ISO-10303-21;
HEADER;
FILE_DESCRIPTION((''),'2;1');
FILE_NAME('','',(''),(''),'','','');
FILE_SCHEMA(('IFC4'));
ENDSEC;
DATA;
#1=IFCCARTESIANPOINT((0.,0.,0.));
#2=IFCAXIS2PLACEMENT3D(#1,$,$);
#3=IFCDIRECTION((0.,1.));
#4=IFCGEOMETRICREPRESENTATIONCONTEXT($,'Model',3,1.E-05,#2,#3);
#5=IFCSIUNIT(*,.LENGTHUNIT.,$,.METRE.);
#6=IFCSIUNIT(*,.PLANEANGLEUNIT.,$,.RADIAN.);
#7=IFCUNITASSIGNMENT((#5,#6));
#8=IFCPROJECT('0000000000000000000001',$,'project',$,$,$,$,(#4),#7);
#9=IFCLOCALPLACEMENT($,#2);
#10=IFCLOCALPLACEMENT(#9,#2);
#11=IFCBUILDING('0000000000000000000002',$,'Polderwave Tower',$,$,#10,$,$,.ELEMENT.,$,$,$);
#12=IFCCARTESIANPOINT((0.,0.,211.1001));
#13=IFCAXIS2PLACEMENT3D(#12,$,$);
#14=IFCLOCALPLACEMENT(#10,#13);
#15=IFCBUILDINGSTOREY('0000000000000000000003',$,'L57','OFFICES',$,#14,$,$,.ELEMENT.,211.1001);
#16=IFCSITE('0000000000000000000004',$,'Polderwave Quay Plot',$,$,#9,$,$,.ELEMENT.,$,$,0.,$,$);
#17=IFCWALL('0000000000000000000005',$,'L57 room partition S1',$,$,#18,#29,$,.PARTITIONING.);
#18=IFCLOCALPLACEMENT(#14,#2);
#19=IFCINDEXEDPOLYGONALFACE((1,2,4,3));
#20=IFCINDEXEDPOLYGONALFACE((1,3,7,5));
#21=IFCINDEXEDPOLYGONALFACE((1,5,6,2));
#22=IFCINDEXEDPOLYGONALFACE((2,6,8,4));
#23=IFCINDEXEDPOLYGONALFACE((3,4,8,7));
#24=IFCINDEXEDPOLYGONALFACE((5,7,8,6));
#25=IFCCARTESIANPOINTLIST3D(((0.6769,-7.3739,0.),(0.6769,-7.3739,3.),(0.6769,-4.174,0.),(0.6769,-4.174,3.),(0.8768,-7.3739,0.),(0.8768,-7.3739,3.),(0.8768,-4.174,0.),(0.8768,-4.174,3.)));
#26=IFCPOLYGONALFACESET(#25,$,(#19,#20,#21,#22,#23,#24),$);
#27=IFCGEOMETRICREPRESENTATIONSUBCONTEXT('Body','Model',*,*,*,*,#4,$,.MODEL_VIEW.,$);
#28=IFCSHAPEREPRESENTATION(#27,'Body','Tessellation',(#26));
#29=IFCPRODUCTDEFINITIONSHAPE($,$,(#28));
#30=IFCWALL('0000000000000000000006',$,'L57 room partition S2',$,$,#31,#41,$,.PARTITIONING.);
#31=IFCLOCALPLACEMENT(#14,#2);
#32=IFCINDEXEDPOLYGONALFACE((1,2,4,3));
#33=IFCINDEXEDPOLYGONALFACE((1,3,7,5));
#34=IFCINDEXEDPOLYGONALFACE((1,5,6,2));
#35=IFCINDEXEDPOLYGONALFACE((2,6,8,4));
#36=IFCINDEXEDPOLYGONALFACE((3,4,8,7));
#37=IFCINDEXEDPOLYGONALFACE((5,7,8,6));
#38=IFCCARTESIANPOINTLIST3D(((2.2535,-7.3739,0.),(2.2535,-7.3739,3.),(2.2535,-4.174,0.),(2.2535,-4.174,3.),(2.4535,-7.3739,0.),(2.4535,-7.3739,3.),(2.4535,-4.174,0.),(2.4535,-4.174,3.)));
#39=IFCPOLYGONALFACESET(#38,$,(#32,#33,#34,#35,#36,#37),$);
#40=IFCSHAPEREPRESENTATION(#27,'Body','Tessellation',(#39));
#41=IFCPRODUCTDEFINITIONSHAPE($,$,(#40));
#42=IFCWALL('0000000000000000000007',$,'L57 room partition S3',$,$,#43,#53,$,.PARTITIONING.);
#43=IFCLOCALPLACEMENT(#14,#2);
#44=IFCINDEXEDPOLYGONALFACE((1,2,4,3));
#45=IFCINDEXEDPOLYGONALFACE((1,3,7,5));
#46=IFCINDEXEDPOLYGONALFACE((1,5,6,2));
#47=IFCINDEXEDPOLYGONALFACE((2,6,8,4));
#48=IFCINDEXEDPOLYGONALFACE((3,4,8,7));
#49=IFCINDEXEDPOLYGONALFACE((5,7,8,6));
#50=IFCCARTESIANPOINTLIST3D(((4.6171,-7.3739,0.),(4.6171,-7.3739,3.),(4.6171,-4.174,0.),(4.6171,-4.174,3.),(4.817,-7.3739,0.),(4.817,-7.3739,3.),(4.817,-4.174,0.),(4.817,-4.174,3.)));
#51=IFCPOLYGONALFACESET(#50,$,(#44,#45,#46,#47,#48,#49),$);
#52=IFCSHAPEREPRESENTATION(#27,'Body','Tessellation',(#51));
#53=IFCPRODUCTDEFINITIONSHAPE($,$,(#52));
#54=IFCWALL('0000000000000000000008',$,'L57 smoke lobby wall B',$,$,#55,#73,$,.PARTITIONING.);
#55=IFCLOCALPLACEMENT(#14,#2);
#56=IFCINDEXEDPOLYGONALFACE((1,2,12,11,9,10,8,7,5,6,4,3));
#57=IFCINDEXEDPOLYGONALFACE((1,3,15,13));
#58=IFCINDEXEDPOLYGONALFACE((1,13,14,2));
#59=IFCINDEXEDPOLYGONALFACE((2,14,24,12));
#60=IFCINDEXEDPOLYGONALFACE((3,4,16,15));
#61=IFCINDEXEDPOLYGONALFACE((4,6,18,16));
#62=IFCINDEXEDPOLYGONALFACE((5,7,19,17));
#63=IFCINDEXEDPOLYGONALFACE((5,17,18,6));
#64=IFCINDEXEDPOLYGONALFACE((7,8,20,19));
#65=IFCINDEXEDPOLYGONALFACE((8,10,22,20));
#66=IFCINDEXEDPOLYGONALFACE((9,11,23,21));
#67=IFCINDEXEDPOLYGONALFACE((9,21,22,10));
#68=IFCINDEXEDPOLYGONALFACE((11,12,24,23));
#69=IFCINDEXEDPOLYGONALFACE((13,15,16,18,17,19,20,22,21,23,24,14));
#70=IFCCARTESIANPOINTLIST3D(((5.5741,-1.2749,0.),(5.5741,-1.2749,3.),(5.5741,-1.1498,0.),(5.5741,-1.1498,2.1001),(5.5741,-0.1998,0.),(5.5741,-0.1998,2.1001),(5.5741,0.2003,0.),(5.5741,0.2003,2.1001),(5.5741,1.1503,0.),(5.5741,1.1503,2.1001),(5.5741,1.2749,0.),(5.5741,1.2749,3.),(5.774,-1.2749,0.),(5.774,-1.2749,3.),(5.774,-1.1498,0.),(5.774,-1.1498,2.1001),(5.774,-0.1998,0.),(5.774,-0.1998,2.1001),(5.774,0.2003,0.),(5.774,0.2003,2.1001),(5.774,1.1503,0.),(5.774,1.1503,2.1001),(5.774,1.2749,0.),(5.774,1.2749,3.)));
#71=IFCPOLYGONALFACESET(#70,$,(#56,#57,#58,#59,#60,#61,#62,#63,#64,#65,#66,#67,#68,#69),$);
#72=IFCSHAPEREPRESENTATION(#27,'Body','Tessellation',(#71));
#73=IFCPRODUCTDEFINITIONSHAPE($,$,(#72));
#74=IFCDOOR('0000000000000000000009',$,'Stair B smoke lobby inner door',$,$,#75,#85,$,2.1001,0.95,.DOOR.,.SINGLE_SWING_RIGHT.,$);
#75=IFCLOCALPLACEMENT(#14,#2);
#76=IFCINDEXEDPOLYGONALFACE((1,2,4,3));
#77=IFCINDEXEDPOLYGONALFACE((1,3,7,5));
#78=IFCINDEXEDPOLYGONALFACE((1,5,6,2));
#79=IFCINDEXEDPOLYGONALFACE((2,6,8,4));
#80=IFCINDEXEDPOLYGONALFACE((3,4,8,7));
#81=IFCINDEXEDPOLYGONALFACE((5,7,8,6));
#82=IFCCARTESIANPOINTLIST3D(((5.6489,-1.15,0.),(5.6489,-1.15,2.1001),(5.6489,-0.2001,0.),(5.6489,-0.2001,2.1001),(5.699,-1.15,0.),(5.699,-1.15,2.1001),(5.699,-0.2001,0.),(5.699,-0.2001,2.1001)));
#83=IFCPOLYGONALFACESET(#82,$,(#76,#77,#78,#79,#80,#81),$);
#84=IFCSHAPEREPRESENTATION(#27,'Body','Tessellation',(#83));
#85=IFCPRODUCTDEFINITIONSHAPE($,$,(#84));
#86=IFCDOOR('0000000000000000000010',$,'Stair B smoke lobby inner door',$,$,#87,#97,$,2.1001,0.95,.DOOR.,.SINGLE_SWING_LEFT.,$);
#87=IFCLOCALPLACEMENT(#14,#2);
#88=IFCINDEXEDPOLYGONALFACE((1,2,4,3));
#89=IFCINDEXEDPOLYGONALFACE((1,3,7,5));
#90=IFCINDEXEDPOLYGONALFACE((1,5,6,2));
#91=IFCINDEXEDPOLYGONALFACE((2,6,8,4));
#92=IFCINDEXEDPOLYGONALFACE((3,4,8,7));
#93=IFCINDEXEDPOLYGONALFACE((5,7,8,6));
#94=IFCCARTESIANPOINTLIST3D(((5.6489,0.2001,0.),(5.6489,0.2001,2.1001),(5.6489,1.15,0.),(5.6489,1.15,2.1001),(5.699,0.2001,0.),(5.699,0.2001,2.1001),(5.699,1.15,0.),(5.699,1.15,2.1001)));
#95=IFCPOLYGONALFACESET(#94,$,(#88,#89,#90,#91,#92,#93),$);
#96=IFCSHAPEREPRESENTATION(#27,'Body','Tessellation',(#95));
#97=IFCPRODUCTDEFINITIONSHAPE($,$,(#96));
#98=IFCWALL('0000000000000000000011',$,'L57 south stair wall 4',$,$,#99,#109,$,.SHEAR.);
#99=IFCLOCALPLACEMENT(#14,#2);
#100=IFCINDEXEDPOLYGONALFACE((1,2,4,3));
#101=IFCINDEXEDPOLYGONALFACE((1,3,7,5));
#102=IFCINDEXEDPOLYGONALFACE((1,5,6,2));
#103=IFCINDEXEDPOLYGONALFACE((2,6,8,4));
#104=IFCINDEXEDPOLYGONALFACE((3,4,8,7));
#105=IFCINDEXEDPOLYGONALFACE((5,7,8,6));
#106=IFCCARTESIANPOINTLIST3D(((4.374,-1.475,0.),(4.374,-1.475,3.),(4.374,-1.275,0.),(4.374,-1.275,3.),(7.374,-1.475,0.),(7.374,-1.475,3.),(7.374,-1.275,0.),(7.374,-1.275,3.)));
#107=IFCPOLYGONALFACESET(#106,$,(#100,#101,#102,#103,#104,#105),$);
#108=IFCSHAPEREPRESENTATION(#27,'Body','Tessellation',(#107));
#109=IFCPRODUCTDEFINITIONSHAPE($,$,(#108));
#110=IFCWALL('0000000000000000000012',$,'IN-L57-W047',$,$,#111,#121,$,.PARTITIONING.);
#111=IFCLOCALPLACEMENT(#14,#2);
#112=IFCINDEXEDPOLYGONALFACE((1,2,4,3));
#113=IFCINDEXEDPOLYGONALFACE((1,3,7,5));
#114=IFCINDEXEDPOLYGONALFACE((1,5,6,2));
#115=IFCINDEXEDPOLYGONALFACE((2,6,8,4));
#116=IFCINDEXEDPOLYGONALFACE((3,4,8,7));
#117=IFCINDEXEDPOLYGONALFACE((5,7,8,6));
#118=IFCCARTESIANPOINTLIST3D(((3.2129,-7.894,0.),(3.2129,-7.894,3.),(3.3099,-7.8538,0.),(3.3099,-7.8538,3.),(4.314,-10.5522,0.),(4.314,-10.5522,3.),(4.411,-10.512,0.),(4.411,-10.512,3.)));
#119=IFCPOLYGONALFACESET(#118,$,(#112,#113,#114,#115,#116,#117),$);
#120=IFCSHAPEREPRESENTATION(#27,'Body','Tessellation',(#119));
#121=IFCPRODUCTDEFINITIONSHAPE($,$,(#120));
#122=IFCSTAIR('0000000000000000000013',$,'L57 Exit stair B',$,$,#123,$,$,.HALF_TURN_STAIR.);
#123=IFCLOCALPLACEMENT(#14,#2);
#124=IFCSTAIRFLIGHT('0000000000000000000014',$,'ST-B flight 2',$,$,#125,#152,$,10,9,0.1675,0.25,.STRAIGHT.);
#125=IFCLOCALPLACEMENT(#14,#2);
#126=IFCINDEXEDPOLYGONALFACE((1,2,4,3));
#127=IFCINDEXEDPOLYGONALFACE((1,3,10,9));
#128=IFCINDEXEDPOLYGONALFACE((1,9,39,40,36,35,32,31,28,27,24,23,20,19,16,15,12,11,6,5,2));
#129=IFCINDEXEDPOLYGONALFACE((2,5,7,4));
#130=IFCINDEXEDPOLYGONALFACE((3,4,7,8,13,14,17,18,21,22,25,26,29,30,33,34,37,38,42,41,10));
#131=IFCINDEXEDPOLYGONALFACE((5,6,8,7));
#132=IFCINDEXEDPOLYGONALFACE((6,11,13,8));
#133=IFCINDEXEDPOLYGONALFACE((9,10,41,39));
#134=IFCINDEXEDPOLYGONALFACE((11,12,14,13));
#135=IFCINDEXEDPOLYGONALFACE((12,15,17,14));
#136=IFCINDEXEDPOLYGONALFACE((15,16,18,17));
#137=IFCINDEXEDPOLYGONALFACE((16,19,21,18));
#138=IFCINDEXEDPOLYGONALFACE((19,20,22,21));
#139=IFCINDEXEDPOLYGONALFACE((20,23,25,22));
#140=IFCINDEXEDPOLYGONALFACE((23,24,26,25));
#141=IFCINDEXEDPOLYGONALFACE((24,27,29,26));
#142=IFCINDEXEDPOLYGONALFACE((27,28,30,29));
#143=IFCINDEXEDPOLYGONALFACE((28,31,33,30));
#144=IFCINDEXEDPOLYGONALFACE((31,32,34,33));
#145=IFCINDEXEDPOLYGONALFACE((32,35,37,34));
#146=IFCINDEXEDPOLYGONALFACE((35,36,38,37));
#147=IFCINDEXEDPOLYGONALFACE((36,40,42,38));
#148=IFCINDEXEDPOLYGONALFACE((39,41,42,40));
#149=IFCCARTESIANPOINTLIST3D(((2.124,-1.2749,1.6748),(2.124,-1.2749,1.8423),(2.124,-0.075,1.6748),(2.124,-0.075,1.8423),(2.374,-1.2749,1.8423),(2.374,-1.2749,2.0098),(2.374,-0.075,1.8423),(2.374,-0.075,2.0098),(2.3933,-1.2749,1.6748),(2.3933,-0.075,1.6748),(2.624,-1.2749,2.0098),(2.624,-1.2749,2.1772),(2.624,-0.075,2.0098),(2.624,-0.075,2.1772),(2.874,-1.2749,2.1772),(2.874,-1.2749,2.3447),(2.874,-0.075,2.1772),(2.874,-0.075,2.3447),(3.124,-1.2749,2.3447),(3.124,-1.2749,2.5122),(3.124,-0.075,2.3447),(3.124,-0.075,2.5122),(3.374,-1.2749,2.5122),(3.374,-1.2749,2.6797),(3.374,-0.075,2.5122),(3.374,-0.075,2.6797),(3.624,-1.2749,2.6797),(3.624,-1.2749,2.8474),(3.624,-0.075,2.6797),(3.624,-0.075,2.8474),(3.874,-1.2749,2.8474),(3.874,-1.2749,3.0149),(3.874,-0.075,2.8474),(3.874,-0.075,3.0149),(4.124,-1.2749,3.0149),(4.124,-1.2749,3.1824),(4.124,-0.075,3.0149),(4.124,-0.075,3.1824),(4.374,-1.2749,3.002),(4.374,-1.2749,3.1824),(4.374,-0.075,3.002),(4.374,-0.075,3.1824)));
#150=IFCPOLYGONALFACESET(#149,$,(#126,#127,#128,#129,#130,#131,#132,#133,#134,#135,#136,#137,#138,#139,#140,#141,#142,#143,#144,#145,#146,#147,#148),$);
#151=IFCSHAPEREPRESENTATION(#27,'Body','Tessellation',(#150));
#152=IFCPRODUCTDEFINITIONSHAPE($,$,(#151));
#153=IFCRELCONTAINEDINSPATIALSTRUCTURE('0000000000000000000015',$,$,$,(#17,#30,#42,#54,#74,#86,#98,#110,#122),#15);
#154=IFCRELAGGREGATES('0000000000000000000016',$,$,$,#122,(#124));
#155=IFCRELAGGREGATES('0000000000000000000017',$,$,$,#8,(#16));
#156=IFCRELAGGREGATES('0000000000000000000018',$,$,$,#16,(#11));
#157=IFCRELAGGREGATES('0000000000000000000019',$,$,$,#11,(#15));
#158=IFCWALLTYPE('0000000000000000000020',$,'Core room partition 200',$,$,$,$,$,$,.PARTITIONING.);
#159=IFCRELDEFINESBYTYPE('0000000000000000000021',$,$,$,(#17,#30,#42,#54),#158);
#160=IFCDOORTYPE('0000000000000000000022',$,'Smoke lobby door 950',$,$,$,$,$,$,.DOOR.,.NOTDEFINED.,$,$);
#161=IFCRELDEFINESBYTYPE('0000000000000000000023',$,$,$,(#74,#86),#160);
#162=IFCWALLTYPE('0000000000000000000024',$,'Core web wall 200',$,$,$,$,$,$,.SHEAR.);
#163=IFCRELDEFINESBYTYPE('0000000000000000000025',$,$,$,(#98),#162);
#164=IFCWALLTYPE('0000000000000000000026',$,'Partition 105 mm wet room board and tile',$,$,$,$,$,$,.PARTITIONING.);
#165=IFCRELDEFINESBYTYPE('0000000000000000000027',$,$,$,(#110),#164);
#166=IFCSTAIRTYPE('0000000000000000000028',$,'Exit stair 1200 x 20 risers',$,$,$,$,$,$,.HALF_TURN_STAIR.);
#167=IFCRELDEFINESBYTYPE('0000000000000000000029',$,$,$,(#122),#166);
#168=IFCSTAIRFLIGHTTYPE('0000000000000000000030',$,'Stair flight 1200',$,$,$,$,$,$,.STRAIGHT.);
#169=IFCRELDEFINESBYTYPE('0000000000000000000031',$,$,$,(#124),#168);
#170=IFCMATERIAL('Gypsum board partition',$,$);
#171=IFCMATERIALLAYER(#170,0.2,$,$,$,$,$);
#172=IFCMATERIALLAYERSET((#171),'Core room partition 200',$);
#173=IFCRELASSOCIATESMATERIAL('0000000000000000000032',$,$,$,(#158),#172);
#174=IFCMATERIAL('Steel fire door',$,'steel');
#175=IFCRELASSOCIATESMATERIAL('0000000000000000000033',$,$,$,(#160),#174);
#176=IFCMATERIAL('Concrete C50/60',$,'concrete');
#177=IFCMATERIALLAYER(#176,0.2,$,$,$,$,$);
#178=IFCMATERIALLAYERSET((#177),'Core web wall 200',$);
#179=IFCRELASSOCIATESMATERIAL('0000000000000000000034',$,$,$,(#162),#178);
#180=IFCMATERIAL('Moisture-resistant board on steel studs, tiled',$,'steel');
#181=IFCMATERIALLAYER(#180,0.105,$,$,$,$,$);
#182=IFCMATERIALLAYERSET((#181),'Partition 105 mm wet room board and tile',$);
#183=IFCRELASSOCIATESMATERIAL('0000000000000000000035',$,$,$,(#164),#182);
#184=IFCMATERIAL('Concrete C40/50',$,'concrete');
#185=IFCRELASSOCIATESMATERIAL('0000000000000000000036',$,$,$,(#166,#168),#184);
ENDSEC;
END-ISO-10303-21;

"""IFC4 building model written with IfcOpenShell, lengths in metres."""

from ifc_helpers import new_model, si_unit, direction, frame, frame_2d, origin, place, context, subcontext, project, spatial, polyline, rectangle, outline, extrude, material, layer, layer_set, type_object, element, fill, aggregate, save


model = new_model("IFC4")

# Units and contexts
model_context = context("Model", 3, precision=1e-05, world=origin(), true_north=direction((0.0, 1.0)))
body_context = subcontext(model_context, "Body", "Model", "MODEL_VIEW")
ifc_project = project(units=[si_unit("LENGTHUNIT", "METRE"), si_unit("PLANEANGLEUNIT", "RADIAN")], contexts=[model_context])

# Site, building, storey
site_placement = place(None, origin())
site = spatial("IfcSite", under=ifc_project, at=site_placement, Name="Polderwave Quay Plot", CompositionType="ELEMENT", RefElevation=0.0)
building_placement = place(site_placement, origin())
building = spatial("IfcBuilding", under=site, at=building_placement, Name="Polderwave Tower", CompositionType="ELEMENT")
storey_placement = place(building_placement, frame((0.0, 0.0, 211.1001)))
storey = spatial("IfcBuildingStorey", under=building, at=storey_placement, Name="L57", Description="OFFICES", CompositionType="ELEMENT", Elevation=211.1001)

# Walls
ifc_material_1 = material(Name="Gypsum board partition")
ifc_layer_1 = layer(ifc_material_1, 0.2)
ifc_layer_set_1 = layer_set([ifc_layer_1], Name="Core room partition 200")
wall_type_1 = type_object("IfcWallType", Name="Core room partition 200", PredefinedType="PARTITIONING", material=ifc_layer_set_1)
for number, where, z_axis, x_axis, name in (
    (1, (0.7769, -7.374, 0.0), (0.0, 0.0, 1.0), (0.0, 1.0, 0.0), "L57 room partition S1"),
    (2, (2.3535, -7.374, 0.0), (0.0, 0.0, 1.0), (0.0, 1.0, 0.0), "L57 room partition S2"),
    (3, (4.717, -7.374, 0.0), (0.0, 0.0, 1.0), (0.0, 1.0, 0.0), "L57 room partition S3"),
):
    element("IfcWall", number, at=place(storey_placement, frame(where, z_axis=z_axis, x_axis=x_axis)), inside=storey, type_object=wall_type_1, Name=name, PredefinedType="PARTITIONING", context=body_context, shape_type="SweptSolid", body=[
        extrude(rectangle(XDim=3.2, YDim=0.2, at=frame_2d((1.6001, 0.0))), origin(), (0.0, 0.0, 1.0), 3.0),
    ])

# Wall, openings, doors
wall_1_placement = place(storey_placement, frame((5.6741, -1.2749, 0.0), z_axis=(0.0, 0.0, 1.0), x_axis=(0.0, 1.0, 0.0)))
wall_1 = element("IfcWall", 4, at=wall_1_placement, inside=storey, type_object=wall_type_1, Name="L57 smoke lobby wall B", PredefinedType="PARTITIONING", context=body_context, shape_type="SweptSolid", body=[
    extrude(rectangle(XDim=2.5498, YDim=0.2, at=frame_2d((1.2749, 0.0))), origin(), (0.0, 0.0, 1.0), 3.0),
])
opening_1_placement = place(wall_1_placement, frame((0.125, 0.0, 0.0)))
opening_1 = element("IfcOpeningElement", 5, at=opening_1_placement, cuts=wall_1, PredefinedType="OPENING", context=body_context, shape_type="SweptSolid", body=[
    extrude(rectangle(XDim=0.95, YDim=2.1001, at=frame_2d((0.4751, 1.05))), frame((0.0, 0.1099, 0.0), z_axis=(0.0, -1.0, 0.0), x_axis=(1.0, 0.0, 0.0)), (0.0, 0.0, 1.0), 0.22),
])
opening_2_placement = place(wall_1_placement, frame((1.4751, 0.0, 0.0)))
opening_2 = element("IfcOpeningElement", 6, at=opening_2_placement, cuts=wall_1, PredefinedType="OPENING", context=body_context, shape_type="SweptSolid", body=[
    extrude(rectangle(XDim=0.95, YDim=2.1001, at=frame_2d((0.4751, 1.05))), frame((0.0, 0.1099, 0.0), z_axis=(0.0, -1.0, 0.0), x_axis=(1.0, 0.0, 0.0)), (0.0, 0.0, 1.0), 0.22),
])
ifc_material_2 = material(Name="Steel fire door", Category="steel")
door_type = type_object("IfcDoorType", Name="Smoke lobby door 950", OperationType="NOTDEFINED", PredefinedType="DOOR", material=ifc_material_2)
door_1_placement = place(opening_1_placement, frame((0.95, 0.0, 0.0), z_axis=(0.0, 0.0, 1.0), x_axis=(-1.0, 0.0, 0.0)))
door_1 = element("IfcDoor", 7, at=door_1_placement, inside=storey, type_object=door_type, Name="Stair B smoke lobby inner door", OperationType="SINGLE_SWING_RIGHT", OverallHeight=2.1001, OverallWidth=0.95, PredefinedType="DOOR", context=body_context, shape_type="SweptSolid", body=[
    extrude(rectangle(XDim=0.95, YDim=2.1001, at=frame_2d((0.4751, 1.05))), frame((0.0, 0.0249, 0.0), z_axis=(0.0, -1.0, 0.0), x_axis=(1.0, 0.0, 0.0)), (0.0, 0.0, 1.0), 0.05),
])
fill(opening_1, door_1)
door_2_placement = place(opening_2_placement, frame((0.95, 0.0, 0.0), z_axis=(0.0, 0.0, 1.0), x_axis=(-1.0, 0.0, 0.0)))
door_2 = element("IfcDoor", 8, at=door_2_placement, inside=storey, type_object=door_type, Name="Stair B smoke lobby inner door", OperationType="SINGLE_SWING_LEFT", OverallHeight=2.1001, OverallWidth=0.95, PredefinedType="DOOR", context=body_context, shape_type="SweptSolid", body=[
    extrude(rectangle(XDim=0.95, YDim=2.1001, at=frame_2d((0.4751, 1.05))), frame((0.0, 0.0249, 0.0), z_axis=(0.0, -1.0, 0.0), x_axis=(1.0, 0.0, 0.0)), (0.0, 0.0, 1.0), 0.05),
])
fill(opening_2, door_2)

# Walls
ifc_material_3 = material(Name="Concrete C50/60", Category="concrete")
ifc_layer_2 = layer(ifc_material_3, 0.2)
ifc_layer_set_2 = layer_set([ifc_layer_2], Name="Core web wall 200")
wall_type_2 = type_object("IfcWallType", Name="Core web wall 200", PredefinedType="SHEAR", material=ifc_layer_set_2)
wall_2_placement = place(storey_placement, frame((4.374, -1.375, 0.0), z_axis=(0.0, 0.0, 1.0), x_axis=(1.0, 0.0, 0.0)))
element("IfcWall", 9, at=wall_2_placement, inside=storey, type_object=wall_type_2, Name="L57 south stair wall 4", PredefinedType="SHEAR", context=body_context, shape_type="SweptSolid", body=[
    extrude(rectangle(XDim=3.0, YDim=0.2, at=frame_2d((1.5, 0.0))), origin(), (0.0, 0.0, 1.0), 3.0),
])
ifc_material_4 = material(Name="Moisture-resistant board on steel studs, tiled", Category="steel")
ifc_layer_3 = layer(ifc_material_4, 0.105)
ifc_layer_set_3 = layer_set([ifc_layer_3], Name="Partition 105 mm wet room board and tile")
wall_type_3 = type_object("IfcWallType", Name="Partition 105 mm wet room board and tile", PredefinedType="PARTITIONING", material=ifc_layer_set_3)
wall_3_placement = place(storey_placement, frame((3.2615, -7.874, 0.0), z_axis=(0.0, 0.0, 1.0), x_axis=(0.382687, -0.923878, 0.0)))
element("IfcWall", 10, at=wall_3_placement, inside=storey, type_object=wall_type_3, Name="IN-L57-W047", PredefinedType="PARTITIONING", context=body_context, shape_type="SweptSolid", body=[
    extrude(rectangle(XDim=2.8772, YDim=0.105, at=frame_2d((1.4385, 0.0))), origin(), (0.0, 0.0, 1.0), 3.0),
])

# Stair, stair flight
ifc_material_5 = material(Name="Concrete C40/50", Category="concrete")
stair_type = type_object("IfcStairType", Name="Exit stair 1200 x 20 risers", PredefinedType="HALF_TURN_STAIR", material=ifc_material_5)
stair_placement = place(storey_placement, origin())
stair = element("IfcStair", 11, at=stair_placement, inside=storey, type_object=stair_type, Name="L57 Exit stair B", PredefinedType="HALF_TURN_STAIR")
stair_flight_type = type_object("IfcStairFlightType", Name="Stair flight 1200", PredefinedType="STRAIGHT", material=ifc_material_5)
stair_flight_placement = place(storey_placement, frame((2.124, -0.675, 1.6748), z_axis=(0.0, 0.0, 1.0), x_axis=(1.0, 0.0, 0.0)))
stair_flight = element("IfcStairFlight", 12, at=stair_flight_placement, type_object=stair_flight_type, Name="ST-B flight 2", NumberOfRisers=10, NumberOfTreads=9, PredefinedType="STRAIGHT", RiserHeight=0.1675, TreadLength=0.25, context=body_context, shape_type="SweptSolid", body=[
    extrude(outline(polyline([(0.0, 0.0), (0.0, 0.1675), (0.25, 0.1675), (0.25, 0.335), (0.5, 0.335), (0.5, 0.5024), (0.75, 0.5024), (0.75, 0.6699), (1.0, 0.6699), (1.0, 0.8374), (1.25, 0.8374), (1.25, 1.0049), (1.5, 1.0049), (1.5, 1.1726), (1.75, 1.1726), (1.75, 1.3401), (2.0, 1.3401), (2.0, 1.5076), (2.25, 1.5076), (2.25, 1.675), (2.25, 1.3271), (0.2693, 0.0), (0.0, 0.0)])), frame((0.0, 0.6001, 0.0), z_axis=(0.0, -1.0, 0.0), x_axis=(1.0, 0.0, 0.0)), (0.0, 0.0, 1.0), 1.2),
])
aggregate(stair, [stair_flight])

save(model, "model.ifc")
